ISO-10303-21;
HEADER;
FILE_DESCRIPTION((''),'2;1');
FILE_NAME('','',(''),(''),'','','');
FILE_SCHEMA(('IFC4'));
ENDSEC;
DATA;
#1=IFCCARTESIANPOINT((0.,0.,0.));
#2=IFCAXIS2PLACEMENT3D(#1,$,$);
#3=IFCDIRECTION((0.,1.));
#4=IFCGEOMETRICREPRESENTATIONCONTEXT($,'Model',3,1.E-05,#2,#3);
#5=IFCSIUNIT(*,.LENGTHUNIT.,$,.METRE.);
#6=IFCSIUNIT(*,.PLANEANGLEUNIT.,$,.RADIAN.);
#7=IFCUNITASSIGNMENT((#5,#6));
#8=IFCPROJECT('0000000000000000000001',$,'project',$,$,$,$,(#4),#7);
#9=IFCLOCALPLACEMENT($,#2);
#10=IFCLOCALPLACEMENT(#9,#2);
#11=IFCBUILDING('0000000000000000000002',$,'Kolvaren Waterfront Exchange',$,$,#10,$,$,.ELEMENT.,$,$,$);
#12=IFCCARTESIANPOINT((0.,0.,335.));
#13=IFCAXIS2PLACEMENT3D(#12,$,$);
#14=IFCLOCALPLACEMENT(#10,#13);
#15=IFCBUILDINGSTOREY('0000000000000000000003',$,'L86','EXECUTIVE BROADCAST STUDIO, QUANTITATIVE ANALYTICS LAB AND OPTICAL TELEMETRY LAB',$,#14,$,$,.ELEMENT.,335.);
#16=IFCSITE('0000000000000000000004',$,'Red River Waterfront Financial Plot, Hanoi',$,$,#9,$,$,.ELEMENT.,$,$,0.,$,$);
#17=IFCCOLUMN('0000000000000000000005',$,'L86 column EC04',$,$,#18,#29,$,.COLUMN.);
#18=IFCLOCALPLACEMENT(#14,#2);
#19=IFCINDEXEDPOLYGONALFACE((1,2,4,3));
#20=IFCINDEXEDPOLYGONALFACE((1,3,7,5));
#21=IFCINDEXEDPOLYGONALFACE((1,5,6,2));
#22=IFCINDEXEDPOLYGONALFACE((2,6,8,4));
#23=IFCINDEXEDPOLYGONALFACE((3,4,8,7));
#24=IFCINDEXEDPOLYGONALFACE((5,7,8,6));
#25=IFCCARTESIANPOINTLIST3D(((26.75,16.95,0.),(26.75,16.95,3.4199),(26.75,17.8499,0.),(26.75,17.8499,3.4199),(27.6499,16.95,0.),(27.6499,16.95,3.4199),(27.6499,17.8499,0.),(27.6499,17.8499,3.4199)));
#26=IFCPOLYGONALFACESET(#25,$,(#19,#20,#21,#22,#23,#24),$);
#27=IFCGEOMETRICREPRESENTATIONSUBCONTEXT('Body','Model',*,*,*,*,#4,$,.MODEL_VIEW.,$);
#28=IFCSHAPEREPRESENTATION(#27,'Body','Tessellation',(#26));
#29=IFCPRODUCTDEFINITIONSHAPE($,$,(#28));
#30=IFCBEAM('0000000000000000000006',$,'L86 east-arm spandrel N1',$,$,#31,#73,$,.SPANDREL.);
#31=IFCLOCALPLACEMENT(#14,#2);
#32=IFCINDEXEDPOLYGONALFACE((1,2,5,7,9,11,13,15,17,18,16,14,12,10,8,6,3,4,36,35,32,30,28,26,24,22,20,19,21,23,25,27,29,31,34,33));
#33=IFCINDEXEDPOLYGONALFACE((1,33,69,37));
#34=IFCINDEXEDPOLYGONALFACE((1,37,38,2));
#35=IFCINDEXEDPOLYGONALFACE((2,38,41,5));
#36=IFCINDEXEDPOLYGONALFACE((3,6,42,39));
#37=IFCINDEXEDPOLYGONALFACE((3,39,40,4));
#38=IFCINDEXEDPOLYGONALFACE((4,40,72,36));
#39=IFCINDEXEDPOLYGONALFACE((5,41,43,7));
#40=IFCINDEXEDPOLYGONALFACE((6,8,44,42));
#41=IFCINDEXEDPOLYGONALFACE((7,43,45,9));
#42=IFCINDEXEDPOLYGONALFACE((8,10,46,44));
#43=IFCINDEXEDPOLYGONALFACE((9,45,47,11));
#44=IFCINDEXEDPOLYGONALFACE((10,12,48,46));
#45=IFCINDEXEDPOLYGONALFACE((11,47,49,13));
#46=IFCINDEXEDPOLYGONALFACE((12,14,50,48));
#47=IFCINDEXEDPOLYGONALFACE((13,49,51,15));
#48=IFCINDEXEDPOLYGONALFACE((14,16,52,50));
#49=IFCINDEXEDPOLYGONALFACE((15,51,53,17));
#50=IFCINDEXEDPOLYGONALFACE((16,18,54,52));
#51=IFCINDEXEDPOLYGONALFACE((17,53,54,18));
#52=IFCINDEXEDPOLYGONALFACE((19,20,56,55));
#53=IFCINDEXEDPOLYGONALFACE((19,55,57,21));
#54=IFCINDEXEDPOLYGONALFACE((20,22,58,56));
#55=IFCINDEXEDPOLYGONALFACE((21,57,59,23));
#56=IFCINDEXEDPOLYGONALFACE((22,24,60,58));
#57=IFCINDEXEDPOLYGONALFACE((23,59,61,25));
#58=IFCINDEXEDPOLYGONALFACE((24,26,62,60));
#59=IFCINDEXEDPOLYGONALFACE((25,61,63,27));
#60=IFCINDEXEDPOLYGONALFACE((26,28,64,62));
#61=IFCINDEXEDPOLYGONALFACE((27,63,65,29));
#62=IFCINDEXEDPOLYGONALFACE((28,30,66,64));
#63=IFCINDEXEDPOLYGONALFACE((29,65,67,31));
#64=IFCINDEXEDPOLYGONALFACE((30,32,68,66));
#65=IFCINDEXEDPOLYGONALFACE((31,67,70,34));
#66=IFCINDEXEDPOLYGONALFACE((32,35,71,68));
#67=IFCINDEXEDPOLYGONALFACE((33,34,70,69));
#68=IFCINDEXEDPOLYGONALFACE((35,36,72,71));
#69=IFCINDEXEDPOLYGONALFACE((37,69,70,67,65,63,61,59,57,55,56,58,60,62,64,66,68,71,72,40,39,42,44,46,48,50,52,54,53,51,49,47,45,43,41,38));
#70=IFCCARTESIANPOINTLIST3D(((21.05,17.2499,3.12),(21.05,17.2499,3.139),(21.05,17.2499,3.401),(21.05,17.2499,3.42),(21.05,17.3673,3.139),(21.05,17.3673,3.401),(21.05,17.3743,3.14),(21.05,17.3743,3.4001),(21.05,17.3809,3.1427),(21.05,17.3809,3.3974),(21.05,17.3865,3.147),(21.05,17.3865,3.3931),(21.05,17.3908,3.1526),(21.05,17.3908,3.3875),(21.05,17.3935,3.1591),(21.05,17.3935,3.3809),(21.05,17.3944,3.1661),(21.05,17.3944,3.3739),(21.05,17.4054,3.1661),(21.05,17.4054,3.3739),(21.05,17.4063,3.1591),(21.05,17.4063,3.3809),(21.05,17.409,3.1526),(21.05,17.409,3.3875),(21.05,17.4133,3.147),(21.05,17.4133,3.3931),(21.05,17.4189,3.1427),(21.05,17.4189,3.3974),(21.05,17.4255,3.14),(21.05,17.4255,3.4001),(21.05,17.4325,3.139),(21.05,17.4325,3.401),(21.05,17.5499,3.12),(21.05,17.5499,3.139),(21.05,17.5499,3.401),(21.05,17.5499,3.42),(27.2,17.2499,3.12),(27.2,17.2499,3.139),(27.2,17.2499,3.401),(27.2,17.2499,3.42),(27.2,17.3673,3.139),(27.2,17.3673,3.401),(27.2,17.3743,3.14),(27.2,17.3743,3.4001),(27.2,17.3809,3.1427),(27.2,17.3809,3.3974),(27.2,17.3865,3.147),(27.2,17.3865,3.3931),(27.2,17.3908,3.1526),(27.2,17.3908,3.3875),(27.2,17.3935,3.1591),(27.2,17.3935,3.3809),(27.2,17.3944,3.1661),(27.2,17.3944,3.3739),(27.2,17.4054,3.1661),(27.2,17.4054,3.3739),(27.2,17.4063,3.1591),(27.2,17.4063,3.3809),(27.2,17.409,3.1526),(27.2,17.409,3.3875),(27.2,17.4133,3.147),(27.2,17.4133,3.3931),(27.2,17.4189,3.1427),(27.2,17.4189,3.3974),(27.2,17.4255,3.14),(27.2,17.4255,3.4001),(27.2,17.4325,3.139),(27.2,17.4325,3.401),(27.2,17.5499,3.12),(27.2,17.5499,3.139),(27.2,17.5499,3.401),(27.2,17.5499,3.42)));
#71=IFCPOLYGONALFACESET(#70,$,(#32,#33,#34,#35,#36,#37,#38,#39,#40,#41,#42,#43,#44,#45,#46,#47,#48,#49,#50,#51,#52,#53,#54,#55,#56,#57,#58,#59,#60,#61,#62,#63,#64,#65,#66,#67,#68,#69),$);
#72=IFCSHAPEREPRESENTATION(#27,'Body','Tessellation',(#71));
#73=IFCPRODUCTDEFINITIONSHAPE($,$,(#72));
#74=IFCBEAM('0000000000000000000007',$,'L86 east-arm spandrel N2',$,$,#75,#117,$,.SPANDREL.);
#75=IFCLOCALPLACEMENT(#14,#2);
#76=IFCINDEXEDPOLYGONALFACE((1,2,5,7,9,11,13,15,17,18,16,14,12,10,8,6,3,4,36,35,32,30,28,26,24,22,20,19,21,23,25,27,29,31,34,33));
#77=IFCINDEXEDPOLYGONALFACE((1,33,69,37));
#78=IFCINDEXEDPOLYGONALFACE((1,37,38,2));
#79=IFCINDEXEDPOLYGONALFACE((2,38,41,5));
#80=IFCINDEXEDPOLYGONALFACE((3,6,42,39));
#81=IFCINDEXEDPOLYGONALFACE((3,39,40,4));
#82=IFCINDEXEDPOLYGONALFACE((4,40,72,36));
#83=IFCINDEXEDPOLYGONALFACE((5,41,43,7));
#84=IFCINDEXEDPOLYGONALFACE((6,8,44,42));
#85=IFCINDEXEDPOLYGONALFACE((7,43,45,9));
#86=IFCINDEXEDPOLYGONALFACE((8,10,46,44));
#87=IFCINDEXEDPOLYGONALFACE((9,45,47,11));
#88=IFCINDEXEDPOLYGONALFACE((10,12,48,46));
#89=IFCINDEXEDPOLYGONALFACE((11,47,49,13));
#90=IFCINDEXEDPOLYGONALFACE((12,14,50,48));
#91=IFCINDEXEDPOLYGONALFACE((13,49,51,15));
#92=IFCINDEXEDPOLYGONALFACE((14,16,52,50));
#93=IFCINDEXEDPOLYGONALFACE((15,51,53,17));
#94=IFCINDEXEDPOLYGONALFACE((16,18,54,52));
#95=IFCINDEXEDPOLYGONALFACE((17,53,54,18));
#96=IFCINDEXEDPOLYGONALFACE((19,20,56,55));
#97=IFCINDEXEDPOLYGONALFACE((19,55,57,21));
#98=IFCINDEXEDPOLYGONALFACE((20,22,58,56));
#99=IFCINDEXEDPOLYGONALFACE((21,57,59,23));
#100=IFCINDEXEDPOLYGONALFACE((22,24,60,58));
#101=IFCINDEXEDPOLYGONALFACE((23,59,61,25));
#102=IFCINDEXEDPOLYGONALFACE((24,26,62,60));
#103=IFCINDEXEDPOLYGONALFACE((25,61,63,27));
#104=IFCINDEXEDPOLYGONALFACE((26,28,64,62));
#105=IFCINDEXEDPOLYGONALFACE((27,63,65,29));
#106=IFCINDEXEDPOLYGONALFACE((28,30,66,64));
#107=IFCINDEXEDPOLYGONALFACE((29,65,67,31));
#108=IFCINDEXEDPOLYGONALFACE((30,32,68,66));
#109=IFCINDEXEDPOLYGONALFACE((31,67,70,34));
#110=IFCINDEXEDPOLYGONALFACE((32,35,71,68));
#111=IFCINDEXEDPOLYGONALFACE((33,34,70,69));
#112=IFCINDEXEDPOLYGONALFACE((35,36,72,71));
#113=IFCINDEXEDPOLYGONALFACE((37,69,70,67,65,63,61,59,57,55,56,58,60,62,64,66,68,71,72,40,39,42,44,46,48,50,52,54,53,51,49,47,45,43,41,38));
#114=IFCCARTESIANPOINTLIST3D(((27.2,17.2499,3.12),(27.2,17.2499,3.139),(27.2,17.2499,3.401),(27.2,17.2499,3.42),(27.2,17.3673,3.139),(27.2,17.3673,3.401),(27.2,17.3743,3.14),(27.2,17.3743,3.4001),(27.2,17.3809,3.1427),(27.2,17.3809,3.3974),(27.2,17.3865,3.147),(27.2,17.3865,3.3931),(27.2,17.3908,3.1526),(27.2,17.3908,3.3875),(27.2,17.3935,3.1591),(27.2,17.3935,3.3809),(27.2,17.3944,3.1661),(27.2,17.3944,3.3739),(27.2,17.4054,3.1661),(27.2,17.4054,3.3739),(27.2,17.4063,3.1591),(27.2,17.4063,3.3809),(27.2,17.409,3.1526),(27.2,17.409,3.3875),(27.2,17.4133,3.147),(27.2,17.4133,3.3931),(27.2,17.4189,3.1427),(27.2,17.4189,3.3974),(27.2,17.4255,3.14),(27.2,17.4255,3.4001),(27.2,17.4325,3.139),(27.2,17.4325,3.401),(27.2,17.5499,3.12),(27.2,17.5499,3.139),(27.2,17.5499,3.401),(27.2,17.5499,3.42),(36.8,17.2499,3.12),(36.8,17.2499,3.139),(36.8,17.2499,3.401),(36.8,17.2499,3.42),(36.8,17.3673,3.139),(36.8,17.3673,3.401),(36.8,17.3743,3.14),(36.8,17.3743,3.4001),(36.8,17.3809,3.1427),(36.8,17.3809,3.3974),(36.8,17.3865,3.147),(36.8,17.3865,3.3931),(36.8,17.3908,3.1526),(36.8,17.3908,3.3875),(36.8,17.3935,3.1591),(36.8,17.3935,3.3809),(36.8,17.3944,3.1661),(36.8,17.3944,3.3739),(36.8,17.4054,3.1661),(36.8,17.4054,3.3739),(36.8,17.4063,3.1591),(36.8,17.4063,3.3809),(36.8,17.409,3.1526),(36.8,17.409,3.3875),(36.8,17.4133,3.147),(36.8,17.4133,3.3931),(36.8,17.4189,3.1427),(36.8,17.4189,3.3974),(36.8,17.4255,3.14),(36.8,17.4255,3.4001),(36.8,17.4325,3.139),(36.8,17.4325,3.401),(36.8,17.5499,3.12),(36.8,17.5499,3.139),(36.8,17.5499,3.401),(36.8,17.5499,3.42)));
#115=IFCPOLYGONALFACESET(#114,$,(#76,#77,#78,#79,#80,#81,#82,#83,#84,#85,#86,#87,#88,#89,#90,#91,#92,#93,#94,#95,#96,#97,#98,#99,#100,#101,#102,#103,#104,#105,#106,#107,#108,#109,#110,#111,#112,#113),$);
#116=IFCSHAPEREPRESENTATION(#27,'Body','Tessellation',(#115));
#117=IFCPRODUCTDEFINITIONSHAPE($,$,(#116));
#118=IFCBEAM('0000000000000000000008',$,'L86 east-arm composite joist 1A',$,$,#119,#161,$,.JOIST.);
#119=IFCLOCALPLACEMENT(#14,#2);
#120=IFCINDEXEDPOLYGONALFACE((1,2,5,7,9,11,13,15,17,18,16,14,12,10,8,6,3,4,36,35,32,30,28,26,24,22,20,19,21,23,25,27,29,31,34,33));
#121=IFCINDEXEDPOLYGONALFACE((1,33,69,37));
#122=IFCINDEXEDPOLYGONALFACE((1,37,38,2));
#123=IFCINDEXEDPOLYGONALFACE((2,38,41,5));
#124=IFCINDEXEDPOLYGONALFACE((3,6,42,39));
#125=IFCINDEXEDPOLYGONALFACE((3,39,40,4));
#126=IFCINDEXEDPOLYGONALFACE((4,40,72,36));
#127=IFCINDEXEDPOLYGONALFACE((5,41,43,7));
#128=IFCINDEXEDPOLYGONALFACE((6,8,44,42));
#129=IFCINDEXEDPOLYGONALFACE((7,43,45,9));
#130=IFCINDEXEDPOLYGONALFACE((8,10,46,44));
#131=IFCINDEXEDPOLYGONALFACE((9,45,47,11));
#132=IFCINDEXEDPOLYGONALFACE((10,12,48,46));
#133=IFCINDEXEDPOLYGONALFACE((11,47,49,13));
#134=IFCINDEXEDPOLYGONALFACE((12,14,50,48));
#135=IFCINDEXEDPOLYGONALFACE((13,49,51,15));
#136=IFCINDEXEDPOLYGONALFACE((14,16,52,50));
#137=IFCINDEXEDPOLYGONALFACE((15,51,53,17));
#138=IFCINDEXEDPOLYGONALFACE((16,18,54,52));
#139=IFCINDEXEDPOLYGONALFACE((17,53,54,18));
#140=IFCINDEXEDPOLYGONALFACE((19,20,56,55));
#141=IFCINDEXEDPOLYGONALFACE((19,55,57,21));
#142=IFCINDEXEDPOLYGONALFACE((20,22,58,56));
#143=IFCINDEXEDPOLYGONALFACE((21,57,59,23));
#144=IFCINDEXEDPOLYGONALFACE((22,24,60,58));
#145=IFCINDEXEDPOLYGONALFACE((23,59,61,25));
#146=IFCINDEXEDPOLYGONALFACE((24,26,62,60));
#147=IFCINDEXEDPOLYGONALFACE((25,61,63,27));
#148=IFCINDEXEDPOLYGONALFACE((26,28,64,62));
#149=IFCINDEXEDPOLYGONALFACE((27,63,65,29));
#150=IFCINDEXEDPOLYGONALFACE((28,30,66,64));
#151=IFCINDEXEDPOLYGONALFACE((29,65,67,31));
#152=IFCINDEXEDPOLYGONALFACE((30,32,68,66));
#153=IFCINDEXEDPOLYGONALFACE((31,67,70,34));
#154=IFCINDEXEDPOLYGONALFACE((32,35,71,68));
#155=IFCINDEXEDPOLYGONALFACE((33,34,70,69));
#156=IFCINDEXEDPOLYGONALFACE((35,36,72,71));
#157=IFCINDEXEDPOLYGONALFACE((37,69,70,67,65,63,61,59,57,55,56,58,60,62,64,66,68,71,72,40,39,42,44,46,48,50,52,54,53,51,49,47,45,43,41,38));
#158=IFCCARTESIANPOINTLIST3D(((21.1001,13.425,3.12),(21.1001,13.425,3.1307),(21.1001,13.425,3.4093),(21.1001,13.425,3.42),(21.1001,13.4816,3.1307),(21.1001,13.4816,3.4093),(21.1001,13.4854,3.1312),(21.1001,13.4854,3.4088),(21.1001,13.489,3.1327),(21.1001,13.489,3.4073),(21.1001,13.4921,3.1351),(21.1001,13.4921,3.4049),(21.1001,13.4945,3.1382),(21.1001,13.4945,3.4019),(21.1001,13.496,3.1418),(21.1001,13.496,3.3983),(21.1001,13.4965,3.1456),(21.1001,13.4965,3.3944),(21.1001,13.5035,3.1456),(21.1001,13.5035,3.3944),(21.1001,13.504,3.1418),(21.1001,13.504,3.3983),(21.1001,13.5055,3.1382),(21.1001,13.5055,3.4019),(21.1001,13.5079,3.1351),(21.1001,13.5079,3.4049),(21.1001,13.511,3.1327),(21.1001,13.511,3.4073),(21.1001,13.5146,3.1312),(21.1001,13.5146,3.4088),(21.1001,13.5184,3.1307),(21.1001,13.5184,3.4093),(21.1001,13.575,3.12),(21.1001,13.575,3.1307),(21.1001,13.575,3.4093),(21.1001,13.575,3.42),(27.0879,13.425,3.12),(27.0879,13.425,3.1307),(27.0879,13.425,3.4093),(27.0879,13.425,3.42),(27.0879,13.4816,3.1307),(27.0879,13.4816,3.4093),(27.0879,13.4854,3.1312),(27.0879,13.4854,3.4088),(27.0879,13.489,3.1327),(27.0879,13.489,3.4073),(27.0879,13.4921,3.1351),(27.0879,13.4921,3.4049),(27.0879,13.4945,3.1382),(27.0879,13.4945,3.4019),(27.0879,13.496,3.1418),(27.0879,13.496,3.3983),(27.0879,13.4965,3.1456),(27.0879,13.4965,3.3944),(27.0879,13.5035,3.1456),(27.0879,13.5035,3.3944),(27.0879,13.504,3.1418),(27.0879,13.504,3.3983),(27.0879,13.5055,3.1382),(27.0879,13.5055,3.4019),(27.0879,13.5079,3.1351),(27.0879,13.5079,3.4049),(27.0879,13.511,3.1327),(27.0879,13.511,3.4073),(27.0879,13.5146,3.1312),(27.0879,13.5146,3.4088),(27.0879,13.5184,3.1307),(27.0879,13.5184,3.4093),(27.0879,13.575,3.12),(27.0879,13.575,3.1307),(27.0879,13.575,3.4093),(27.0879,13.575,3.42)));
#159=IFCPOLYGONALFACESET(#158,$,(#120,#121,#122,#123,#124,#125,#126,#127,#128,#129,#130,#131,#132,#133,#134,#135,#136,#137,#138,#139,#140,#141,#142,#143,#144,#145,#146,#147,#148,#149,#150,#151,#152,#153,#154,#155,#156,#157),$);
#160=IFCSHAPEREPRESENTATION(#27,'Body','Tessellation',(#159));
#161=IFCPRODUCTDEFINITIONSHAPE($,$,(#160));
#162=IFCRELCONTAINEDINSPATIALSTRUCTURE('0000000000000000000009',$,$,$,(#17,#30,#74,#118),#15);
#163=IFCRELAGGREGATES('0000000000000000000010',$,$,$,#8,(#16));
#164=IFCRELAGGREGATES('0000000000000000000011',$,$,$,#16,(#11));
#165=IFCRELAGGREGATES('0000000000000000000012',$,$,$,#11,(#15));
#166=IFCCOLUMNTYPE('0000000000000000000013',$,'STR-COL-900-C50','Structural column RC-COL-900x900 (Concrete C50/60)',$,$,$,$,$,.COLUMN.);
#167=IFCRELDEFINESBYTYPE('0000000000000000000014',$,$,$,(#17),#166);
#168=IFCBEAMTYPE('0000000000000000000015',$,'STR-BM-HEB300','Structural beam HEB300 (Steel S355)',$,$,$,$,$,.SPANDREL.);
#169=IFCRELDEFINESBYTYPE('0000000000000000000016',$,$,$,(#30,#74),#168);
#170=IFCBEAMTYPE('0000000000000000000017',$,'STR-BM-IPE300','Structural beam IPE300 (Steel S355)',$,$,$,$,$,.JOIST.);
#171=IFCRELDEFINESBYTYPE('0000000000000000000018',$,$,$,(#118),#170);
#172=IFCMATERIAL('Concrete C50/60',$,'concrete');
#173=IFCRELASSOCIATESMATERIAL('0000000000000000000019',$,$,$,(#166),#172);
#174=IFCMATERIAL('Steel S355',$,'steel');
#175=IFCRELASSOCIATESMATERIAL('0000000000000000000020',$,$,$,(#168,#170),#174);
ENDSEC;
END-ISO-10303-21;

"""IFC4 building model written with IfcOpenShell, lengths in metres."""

from ifc_helpers import new_model, si_unit, direction, frame, origin, origin_2d, place, context, subcontext, project, spatial, rectangle, i_section, extrude, material, material_profile, profile_set, type_object, element, save


model = new_model("IFC4")

# Units and contexts
model_context = context("Model", 3, precision=1e-05, world=origin(), true_north=direction((0.0, 1.0)))
body_context = subcontext(model_context, "Body", "Model", "MODEL_VIEW")
ifc_project = project(units=[si_unit("LENGTHUNIT", "METRE"), si_unit("PLANEANGLEUNIT", "RADIAN")], contexts=[model_context])

# Site, building, storey
site_placement = place(None, origin())
site = spatial("IfcSite", under=ifc_project, at=site_placement, Name="Red River Waterfront Financial Plot, Hanoi", CompositionType="ELEMENT", RefElevation=0.0)
building_placement = place(site_placement, origin())
building = spatial("IfcBuilding", under=site, at=building_placement, Name="Kolvaren Waterfront Exchange", CompositionType="ELEMENT")
storey_placement = place(building_placement, frame((0.0, 0.0, 335.0)))
storey = spatial("IfcBuildingStorey", under=building, at=storey_placement, Name="L86", Description="EXECUTIVE BROADCAST STUDIO, QUANTITATIVE ANALYTICS LAB AND OPTICAL TELEMETRY LAB", CompositionType="ELEMENT", Elevation=335.0)

# Column
ifc_material_1 = material(Name="Concrete C50/60", Category="concrete")
ifc_material_profile_1 = material_profile(ifc_material_1, rectangle(XDim=0.8999, YDim=0.8999, at=origin_2d()), Name="RC-COL-900x900")
ifc_profile_set_1 = profile_set([ifc_material_profile_1], Name="Concrete C50/60")
column_type = type_object("IfcColumnType", Name="STR-COL-900-C50", Description="Structural column RC-COL-900x900 (Concrete C50/60)", PredefinedType="COLUMN", material=ifc_profile_set_1)
column_placement = place(storey_placement, frame((27.2, 17.3999, 0.0), z_axis=(0.0, 0.0, 1.0), x_axis=(1.0, 0.0, 0.0)))
element("IfcColumn", 1, at=column_placement, inside=storey, type_object=column_type, Name="L86 column EC04", PredefinedType="COLUMN", context=body_context, shape_type="SweptSolid", body=[
    extrude(rectangle(XDim=0.8999, YDim=0.8999, at=origin_2d()), origin(), (0.0, 0.0, 1.0), 3.4199),
])

# Beams
ifc_material_2 = material(Name="Steel S355", Category="steel")
ifc_material_profile_2 = material_profile(ifc_material_2, i_section(OverallWidth=0.3, OverallDepth=0.3, WebThickness=0.011, FlangeThickness=0.019, FilletRadius=0.0271, at=origin_2d()), Name="HEB300")
ifc_profile_set_2 = profile_set([ifc_material_profile_2], Name="Steel S355")
beam_type_1 = type_object("IfcBeamType", Name="STR-BM-HEB300", Description="Structural beam HEB300 (Steel S355)", PredefinedType="SPANDREL", material=ifc_profile_set_2)
beam_1_placement = place(storey_placement, frame((21.05, 17.3999, 3.27), z_axis=(1.0, 0.0, 0.0), x_axis=(0.0, 1.0, 0.0)))
element("IfcBeam", 2, at=beam_1_placement, inside=storey, type_object=beam_type_1, Name="L86 east-arm spandrel N1", PredefinedType="SPANDREL", context=body_context, shape_type="SweptSolid", body=[
    extrude(i_section(OverallWidth=0.3, OverallDepth=0.3, WebThickness=0.011, FlangeThickness=0.019, FilletRadius=0.0271, at=origin_2d()), origin(), (0.0, 0.0, 1.0), 6.1499),
])
beam_2_placement = place(storey_placement, frame((27.2, 17.3999, 3.27), z_axis=(1.0, 0.0, 0.0), x_axis=(0.0, 1.0, 0.0)))
element("IfcBeam", 3, at=beam_2_placement, inside=storey, type_object=beam_type_1, Name="L86 east-arm spandrel N2", PredefinedType="SPANDREL", context=body_context, shape_type="SweptSolid", body=[
    extrude(i_section(OverallWidth=0.3, OverallDepth=0.3, WebThickness=0.011, FlangeThickness=0.019, FilletRadius=0.0271, at=origin_2d()), origin(), (0.0, 0.0, 1.0), 9.6001),
])
ifc_material_profile_3 = material_profile(ifc_material_2, i_section(OverallWidth=0.1499, OverallDepth=0.3, WebThickness=0.0071, FlangeThickness=0.0107, FilletRadius=0.0149, at=origin_2d()), Name="IPE300")
ifc_profile_set_3 = profile_set([ifc_material_profile_3], Name="Steel S355")
beam_type_2 = type_object("IfcBeamType", Name="STR-BM-IPE300", Description="Structural beam IPE300 (Steel S355)", PredefinedType="JOIST", material=ifc_profile_set_3)
for number, where, z_axis, x_axis, name in (
    (4, (21.1001, 13.5, 3.27), (1.0, 0.0, 0.0), (0.0, 1.0, 0.0), "L86 east-arm composite joist 1A"),
):
    element("IfcBeam", number, at=place(storey_placement, frame(where, z_axis=z_axis, x_axis=x_axis)), inside=storey, type_object=beam_type_2, Name=name, PredefinedType="JOIST", context=body_context, shape_type="SweptSolid", body=[
        extrude(i_section(OverallWidth=0.1499, OverallDepth=0.3, WebThickness=0.0071, FlangeThickness=0.0107, FilletRadius=0.0149, at=origin_2d()), origin(), (0.0, 0.0, 1.0), 5.9878),
    ])

save(model, "model.ifc")
